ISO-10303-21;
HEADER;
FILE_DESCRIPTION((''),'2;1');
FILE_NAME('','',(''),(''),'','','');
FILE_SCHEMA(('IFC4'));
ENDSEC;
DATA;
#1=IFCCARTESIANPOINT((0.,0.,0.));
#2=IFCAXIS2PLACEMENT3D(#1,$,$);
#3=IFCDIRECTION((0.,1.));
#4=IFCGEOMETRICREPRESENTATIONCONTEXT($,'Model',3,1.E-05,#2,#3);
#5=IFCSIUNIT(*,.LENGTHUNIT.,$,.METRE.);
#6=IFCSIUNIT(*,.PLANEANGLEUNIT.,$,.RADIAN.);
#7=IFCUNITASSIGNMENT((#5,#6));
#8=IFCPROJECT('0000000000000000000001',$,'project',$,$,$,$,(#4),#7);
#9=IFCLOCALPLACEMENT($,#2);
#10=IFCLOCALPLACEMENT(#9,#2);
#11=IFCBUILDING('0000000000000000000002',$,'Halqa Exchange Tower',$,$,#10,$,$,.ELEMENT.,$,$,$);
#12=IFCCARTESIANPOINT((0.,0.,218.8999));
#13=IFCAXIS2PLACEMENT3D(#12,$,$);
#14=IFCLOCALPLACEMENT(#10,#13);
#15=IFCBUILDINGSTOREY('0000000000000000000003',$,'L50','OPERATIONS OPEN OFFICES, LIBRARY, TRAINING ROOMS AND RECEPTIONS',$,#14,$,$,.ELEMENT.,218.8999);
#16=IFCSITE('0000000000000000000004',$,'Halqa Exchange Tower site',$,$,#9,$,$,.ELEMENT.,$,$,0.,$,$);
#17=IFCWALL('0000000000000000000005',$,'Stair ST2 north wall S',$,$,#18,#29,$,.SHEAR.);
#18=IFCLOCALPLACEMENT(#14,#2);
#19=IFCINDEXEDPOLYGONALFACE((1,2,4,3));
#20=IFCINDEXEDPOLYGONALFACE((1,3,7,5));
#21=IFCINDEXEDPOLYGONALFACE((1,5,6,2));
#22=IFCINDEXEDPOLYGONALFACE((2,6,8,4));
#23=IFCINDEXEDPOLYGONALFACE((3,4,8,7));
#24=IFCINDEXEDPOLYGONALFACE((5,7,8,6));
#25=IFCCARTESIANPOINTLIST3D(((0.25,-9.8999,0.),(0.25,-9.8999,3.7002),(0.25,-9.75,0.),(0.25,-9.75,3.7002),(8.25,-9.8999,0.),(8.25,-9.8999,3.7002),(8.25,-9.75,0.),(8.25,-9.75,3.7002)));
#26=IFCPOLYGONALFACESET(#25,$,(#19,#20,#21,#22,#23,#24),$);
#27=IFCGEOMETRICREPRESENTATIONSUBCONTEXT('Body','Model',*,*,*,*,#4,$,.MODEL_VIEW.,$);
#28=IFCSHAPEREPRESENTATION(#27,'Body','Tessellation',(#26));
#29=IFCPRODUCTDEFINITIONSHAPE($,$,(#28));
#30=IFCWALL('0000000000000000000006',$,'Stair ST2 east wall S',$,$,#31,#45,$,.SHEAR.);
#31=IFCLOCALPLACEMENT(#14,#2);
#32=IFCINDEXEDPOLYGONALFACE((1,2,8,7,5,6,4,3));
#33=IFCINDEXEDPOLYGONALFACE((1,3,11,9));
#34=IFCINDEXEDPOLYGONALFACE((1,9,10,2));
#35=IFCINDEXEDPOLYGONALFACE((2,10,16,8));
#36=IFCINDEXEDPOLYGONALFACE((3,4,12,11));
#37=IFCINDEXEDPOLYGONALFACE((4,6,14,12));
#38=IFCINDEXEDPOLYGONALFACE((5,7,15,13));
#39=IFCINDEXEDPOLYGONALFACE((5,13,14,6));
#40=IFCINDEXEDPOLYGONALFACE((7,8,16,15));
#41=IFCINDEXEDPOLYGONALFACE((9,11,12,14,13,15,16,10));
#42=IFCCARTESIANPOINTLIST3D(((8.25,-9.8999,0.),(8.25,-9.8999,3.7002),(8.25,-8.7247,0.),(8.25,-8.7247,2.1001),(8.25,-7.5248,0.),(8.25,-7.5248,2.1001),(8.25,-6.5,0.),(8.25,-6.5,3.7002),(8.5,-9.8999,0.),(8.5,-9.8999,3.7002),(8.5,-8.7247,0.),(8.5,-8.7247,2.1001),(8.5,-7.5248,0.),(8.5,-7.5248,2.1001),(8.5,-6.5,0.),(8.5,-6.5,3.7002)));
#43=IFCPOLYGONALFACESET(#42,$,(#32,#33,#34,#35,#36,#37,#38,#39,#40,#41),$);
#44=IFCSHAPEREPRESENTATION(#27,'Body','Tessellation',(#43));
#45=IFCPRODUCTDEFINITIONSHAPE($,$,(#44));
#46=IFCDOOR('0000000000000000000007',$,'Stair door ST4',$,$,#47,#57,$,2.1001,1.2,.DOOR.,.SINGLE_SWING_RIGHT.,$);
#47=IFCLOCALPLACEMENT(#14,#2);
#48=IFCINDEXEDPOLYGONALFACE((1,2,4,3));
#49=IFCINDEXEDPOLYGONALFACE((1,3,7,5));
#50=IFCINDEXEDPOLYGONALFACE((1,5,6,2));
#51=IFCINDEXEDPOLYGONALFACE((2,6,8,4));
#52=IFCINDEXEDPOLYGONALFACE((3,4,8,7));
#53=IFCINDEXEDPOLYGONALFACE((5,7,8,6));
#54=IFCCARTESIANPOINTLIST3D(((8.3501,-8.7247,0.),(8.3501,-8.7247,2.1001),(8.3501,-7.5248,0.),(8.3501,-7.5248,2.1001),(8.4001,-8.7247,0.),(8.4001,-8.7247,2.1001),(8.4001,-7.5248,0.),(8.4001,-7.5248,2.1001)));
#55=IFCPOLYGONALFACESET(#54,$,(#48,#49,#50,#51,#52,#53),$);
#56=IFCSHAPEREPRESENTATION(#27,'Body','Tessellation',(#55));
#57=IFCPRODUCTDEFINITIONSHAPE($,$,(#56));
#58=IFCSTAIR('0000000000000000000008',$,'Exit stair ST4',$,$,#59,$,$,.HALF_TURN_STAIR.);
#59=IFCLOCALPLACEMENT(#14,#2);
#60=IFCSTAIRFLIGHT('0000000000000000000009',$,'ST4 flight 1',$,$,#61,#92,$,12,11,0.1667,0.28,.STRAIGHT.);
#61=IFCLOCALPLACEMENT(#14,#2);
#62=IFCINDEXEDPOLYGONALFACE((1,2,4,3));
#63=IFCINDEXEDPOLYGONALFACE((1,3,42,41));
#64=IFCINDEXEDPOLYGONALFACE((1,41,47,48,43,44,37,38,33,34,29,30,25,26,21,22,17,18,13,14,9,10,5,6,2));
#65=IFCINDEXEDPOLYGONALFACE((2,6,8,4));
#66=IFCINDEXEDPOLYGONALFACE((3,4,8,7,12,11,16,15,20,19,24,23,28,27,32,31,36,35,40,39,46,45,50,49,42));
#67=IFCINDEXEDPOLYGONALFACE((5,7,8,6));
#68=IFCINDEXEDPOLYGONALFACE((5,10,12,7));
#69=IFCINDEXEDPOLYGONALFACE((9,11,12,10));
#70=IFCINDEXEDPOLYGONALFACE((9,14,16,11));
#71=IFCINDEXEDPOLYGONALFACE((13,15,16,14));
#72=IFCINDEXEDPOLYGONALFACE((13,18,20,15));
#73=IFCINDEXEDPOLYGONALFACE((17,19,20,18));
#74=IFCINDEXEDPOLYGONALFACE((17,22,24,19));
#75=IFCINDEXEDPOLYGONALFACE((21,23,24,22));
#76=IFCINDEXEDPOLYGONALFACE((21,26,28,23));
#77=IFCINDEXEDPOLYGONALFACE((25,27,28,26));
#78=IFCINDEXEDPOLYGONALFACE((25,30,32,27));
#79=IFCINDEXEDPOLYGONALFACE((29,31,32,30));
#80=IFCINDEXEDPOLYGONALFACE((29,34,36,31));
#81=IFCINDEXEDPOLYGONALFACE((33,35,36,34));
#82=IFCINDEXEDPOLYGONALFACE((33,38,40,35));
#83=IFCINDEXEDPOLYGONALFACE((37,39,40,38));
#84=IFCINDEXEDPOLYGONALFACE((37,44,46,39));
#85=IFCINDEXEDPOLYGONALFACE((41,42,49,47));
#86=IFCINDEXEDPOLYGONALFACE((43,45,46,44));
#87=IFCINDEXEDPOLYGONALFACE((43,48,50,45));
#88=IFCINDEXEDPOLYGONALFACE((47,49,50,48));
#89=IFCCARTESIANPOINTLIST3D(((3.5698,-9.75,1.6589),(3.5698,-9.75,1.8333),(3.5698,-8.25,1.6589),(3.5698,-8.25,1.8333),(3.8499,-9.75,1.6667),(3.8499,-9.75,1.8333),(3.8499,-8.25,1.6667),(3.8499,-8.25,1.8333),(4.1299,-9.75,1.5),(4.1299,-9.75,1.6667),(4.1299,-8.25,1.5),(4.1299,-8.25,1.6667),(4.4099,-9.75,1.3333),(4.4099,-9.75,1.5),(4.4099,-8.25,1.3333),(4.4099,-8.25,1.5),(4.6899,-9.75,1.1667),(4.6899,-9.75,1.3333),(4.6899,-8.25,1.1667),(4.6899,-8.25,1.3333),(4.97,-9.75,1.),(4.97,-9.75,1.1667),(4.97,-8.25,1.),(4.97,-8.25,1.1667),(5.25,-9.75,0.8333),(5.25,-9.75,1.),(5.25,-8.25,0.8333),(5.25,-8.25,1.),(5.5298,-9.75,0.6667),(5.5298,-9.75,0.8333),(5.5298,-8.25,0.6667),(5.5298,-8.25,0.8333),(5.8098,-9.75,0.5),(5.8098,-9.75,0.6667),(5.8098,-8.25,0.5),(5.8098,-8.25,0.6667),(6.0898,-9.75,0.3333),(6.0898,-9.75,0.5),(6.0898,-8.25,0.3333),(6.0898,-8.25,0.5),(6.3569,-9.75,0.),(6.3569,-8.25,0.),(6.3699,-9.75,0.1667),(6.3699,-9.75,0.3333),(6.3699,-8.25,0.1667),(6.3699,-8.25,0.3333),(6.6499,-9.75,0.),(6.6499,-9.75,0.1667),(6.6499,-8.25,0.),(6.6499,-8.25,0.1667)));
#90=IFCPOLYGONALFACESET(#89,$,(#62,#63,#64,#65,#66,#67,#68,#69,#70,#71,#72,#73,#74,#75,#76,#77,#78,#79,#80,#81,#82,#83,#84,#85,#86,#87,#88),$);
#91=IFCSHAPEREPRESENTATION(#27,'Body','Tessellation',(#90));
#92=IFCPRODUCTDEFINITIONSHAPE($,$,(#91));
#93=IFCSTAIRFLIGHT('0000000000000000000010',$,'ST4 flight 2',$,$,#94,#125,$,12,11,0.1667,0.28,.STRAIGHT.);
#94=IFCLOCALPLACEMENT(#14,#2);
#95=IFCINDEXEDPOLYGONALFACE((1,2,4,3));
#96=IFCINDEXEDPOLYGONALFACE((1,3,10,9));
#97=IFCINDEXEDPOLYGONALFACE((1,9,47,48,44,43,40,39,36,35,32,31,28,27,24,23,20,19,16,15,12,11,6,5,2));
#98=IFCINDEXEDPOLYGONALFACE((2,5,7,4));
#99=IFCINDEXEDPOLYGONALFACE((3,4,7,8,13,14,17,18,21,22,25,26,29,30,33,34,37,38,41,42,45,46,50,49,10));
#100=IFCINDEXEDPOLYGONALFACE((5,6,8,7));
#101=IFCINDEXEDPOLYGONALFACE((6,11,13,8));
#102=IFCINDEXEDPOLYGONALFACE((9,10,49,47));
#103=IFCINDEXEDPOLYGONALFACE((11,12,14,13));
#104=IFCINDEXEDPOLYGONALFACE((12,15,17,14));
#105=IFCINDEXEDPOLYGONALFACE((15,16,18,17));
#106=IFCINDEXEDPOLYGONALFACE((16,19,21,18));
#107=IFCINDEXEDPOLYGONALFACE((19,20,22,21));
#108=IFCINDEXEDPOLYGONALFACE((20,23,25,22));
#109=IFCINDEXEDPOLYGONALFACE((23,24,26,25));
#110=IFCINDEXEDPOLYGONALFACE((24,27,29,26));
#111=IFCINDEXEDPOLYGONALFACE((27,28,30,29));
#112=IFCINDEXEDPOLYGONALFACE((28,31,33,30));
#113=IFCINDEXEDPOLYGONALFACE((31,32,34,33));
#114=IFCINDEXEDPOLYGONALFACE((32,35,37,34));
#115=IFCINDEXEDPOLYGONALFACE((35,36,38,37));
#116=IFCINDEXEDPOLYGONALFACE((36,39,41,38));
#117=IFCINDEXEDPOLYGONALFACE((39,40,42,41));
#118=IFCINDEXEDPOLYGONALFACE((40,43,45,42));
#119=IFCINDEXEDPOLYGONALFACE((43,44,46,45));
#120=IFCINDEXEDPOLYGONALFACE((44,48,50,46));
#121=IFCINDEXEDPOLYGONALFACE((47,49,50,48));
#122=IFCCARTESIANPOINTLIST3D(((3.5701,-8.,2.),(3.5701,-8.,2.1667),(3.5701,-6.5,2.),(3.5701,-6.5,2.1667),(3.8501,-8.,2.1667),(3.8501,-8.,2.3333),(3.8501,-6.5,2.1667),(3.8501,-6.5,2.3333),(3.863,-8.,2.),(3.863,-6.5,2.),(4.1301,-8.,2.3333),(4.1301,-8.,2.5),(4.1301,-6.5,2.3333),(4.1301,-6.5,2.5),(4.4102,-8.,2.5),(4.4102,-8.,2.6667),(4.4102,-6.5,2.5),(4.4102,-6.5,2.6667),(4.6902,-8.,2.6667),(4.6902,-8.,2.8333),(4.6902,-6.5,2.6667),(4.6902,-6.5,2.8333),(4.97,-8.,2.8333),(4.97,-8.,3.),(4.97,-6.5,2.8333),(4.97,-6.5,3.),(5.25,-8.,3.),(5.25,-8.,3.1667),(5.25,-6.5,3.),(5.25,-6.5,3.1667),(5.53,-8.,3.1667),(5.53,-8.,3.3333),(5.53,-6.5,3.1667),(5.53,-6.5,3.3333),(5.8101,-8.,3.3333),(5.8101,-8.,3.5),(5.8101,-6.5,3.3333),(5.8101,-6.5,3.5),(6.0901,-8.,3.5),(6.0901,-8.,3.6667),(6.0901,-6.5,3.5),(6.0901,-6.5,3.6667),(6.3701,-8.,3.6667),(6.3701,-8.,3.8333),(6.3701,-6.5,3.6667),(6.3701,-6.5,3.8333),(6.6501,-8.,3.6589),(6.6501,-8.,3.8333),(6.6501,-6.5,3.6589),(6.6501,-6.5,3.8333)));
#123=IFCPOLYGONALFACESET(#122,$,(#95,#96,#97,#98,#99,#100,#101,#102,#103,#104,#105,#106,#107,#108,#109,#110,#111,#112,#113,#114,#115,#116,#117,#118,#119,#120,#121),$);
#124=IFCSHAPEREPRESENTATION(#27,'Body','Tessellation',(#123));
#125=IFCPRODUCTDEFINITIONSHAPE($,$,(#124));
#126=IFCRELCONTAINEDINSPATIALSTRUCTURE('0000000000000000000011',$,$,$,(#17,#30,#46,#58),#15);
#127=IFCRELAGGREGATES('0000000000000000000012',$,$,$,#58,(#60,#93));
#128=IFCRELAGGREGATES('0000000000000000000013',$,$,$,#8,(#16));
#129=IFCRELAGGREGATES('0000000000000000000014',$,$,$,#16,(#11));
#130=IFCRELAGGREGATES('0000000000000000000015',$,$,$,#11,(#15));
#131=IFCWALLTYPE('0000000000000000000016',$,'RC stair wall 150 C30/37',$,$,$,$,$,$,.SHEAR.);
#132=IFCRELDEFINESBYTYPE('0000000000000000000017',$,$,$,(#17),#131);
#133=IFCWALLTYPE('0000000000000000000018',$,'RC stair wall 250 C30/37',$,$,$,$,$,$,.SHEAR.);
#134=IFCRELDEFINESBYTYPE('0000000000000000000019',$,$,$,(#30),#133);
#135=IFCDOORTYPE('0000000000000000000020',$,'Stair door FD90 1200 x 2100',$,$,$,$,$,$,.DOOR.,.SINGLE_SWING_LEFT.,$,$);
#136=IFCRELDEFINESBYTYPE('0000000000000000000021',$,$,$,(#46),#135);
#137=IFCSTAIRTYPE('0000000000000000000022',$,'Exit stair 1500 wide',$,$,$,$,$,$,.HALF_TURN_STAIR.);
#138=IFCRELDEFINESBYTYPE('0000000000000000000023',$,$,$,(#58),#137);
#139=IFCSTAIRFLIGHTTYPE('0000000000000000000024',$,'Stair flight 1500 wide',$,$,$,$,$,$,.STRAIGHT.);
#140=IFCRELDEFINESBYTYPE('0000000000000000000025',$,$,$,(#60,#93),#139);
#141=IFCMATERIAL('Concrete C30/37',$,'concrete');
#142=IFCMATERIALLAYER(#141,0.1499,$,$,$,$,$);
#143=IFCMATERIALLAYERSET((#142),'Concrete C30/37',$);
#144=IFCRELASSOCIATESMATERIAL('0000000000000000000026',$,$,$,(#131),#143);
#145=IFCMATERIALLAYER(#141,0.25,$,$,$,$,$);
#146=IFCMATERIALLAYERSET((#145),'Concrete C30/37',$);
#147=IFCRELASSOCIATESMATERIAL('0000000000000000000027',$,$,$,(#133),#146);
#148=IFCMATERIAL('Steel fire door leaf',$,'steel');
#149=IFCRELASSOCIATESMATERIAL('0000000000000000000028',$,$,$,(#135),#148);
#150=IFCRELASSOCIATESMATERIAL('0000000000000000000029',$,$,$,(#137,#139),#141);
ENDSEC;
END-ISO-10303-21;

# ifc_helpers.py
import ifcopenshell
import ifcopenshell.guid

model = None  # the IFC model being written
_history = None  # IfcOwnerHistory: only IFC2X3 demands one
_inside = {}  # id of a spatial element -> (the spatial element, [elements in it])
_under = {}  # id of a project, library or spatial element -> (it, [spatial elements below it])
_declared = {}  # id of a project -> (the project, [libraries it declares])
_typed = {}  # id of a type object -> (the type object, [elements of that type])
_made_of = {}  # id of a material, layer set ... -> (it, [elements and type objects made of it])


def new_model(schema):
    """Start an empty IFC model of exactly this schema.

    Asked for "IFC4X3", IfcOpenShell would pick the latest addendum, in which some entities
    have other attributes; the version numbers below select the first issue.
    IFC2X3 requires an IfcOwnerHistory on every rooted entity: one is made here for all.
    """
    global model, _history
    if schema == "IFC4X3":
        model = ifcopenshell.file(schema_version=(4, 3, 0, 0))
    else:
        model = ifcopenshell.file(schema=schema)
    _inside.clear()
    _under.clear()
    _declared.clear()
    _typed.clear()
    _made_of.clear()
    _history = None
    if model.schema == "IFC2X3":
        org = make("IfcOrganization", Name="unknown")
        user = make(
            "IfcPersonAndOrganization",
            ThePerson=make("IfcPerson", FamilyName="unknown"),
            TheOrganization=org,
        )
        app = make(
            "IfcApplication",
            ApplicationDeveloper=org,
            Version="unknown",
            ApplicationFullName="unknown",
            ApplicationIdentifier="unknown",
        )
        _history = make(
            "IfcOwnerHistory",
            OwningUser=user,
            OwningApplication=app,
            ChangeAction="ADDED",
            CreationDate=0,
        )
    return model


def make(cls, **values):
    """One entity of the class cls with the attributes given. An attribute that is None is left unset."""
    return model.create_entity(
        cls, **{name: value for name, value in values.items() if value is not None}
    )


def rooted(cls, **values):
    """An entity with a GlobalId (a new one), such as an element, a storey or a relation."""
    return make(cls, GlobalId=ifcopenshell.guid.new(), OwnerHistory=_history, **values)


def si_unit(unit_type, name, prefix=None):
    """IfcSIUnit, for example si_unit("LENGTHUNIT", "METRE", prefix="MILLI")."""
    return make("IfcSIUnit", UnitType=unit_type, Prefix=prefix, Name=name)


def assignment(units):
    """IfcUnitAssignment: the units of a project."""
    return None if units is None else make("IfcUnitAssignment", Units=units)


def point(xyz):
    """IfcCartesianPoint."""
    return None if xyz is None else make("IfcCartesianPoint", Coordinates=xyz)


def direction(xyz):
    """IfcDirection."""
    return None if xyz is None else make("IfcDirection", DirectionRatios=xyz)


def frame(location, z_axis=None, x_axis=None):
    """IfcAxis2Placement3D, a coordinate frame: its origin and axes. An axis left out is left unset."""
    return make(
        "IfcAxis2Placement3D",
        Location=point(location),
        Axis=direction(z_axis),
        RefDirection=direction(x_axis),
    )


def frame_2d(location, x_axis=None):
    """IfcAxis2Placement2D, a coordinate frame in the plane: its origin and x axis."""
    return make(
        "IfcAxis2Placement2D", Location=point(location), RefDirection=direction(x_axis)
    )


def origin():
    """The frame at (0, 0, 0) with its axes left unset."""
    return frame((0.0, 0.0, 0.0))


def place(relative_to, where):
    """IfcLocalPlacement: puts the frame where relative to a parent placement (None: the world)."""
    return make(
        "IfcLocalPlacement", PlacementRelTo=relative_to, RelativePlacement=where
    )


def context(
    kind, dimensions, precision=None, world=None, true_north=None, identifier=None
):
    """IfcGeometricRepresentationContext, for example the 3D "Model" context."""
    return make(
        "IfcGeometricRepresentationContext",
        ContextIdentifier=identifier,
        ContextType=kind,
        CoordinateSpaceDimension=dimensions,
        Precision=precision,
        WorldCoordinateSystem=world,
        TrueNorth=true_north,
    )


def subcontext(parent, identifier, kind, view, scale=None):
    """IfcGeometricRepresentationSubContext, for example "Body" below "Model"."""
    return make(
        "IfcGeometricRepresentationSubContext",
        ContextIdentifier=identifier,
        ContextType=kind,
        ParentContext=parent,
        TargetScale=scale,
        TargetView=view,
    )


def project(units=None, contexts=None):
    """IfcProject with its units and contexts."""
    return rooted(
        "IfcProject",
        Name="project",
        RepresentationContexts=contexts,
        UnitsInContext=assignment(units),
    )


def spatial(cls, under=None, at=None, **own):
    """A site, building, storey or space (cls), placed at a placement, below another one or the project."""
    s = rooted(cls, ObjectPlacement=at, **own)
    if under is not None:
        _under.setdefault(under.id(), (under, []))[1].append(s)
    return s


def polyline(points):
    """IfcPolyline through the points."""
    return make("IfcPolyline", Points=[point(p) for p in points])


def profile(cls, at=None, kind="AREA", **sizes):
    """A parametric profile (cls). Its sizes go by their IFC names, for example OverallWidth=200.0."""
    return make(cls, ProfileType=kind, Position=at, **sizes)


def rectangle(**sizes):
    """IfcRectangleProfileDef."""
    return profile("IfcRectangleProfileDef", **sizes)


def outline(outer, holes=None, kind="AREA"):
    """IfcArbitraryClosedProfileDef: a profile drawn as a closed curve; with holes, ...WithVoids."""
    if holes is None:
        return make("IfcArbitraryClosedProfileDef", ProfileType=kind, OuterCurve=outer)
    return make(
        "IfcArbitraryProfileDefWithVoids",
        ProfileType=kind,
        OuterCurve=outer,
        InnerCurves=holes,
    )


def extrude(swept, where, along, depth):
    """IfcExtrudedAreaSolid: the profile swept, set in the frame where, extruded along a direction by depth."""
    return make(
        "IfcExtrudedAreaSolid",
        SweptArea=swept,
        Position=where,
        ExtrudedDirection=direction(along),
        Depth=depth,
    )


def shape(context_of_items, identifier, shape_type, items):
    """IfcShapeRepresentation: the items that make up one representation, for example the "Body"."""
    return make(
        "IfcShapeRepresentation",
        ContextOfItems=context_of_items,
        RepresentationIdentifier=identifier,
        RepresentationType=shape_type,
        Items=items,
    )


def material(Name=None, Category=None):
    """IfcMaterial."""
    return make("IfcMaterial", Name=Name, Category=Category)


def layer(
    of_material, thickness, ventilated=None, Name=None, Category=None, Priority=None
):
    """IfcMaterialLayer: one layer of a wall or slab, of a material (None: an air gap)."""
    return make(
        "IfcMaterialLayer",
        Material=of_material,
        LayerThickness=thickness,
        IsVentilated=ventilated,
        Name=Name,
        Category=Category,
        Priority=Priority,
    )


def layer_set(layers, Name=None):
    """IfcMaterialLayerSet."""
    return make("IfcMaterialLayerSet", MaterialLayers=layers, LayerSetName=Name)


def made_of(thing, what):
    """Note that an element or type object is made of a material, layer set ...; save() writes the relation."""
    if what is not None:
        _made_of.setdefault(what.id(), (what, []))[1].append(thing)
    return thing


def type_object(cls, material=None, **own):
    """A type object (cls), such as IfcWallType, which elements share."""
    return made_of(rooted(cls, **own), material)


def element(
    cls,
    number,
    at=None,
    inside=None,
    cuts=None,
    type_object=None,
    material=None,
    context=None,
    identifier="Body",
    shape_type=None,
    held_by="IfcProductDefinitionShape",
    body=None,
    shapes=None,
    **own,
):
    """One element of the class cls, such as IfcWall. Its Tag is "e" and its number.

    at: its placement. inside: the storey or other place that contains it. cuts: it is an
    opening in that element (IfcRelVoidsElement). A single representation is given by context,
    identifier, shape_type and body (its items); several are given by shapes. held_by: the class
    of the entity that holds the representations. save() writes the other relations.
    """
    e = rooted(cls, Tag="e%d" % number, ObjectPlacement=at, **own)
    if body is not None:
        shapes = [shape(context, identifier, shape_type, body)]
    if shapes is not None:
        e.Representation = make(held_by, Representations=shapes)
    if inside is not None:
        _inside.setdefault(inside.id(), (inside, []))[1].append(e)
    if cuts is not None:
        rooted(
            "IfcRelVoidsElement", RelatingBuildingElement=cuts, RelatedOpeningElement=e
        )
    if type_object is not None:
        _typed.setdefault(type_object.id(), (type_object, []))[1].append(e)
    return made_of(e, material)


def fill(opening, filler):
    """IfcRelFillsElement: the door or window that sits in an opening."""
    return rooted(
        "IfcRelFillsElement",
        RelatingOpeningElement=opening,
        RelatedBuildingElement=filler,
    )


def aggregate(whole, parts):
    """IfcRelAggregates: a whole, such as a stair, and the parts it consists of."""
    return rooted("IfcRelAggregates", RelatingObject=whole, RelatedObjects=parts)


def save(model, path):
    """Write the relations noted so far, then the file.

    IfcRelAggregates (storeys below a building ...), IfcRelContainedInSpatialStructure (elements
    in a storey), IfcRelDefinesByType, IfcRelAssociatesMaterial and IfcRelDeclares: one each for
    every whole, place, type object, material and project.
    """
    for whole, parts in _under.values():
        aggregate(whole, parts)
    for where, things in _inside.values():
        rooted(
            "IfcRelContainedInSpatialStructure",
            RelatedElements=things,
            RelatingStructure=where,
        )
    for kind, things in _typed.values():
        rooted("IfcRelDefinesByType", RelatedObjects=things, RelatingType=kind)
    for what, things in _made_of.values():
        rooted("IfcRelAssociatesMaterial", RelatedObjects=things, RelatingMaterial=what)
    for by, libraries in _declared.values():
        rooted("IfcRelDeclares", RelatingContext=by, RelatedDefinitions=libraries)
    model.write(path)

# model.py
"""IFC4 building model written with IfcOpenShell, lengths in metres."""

from ifc_helpers import new_model, si_unit, direction, frame, frame_2d, origin, place, context, subcontext, project, spatial, polyline, rectangle, outline, extrude, material, layer, layer_set, type_object, element, fill, aggregate, save


model = new_model("IFC4")

# Units and contexts
model_context = context("Model", 3, precision=1e-05, world=origin(), true_north=direction((0.0, 1.0)))
body_context = subcontext(model_context, "Body", "Model", "MODEL_VIEW")
ifc_project = project(units=[si_unit("LENGTHUNIT", "METRE"), si_unit("PLANEANGLEUNIT", "RADIAN")], contexts=[model_context])

# Site, building, storey
site_placement = place(None, origin())
site = spatial("IfcSite", under=ifc_project, at=site_placement, Name="Halqa Exchange Tower site", CompositionType="ELEMENT", RefElevation=0.0)
building_placement = place(site_placement, origin())
building = spatial("IfcBuilding", under=site, at=building_placement, Name="Halqa Exchange Tower", CompositionType="ELEMENT")
storey_placement = place(building_placement, frame((0.0, 0.0, 218.8999)))
storey = spatial("IfcBuildingStorey", under=building, at=storey_placement, Name="L50", Description="OPERATIONS OPEN OFFICES, LIBRARY, TRAINING ROOMS AND RECEPTIONS", CompositionType="ELEMENT", Elevation=218.8999)

# Shared definitions
ifc_material_1 = material(Name="Steel fire door leaf", Category="steel")

# Wall
ifc_material_2 = material(Name="Concrete C30/37", Category="concrete")
ifc_layer_1 = layer(ifc_material_2, 0.1499)
ifc_layer_set_1 = layer_set([ifc_layer_1], Name="Concrete C30/37")
wall_type_1 = type_object("IfcWallType", Name="RC stair wall 150 C30/37", PredefinedType="SHEAR", material=ifc_layer_set_1)
wall_1_placement = place(storey_placement, frame((0.25, -9.825, 0.0), z_axis=(0.0, 0.0, 1.0), x_axis=(1.0, 0.0, 0.0)))
element("IfcWall", 1, at=wall_1_placement, inside=storey, type_object=wall_type_1, Name="Stair ST2 north wall S", PredefinedType="SHEAR", context=body_context, shape_type="SweptSolid", body=[
    extrude(rectangle(XDim=8.0, YDim=0.1499, at=frame_2d((4.0, 0.0))), origin(), (0.0, 0.0, 1.0), 3.7002),
])

# Wall, opening, door
ifc_layer_2 = layer(ifc_material_2, 0.25)
ifc_layer_set_2 = layer_set([ifc_layer_2], Name="Concrete C30/37")
wall_type_2 = type_object("IfcWallType", Name="RC stair wall 250 C30/37", PredefinedType="SHEAR", material=ifc_layer_set_2)
wall_2_placement = place(storey_placement, frame((8.375, -9.8999, 0.0), z_axis=(0.0, 0.0, 1.0), x_axis=(0.0, 1.0, 0.0)))
wall_2 = element("IfcWall", 2, at=wall_2_placement, inside=storey, type_object=wall_type_2, Name="Stair ST2 east wall S", PredefinedType="SHEAR", context=body_context, shape_type="SweptSolid", body=[
    extrude(rectangle(XDim=3.3999, YDim=0.25, at=frame_2d((1.7, 0.0))), origin(), (0.0, 0.0, 1.0), 3.7002),
])
opening_1_placement = place(wall_2_placement, frame((1.175, 0.0, 0.0)))
opening_1 = element("IfcOpeningElement", 3, at=opening_1_placement, cuts=wall_2, PredefinedType="OPENING", context=body_context, shape_type="SweptSolid", body=[
    extrude(rectangle(XDim=1.2, YDim=2.1001, at=frame_2d((0.6001, 1.05))), frame((0.0, 0.137, 0.0), z_axis=(0.0, -1.0, 0.0), x_axis=(1.0, 0.0, 0.0)), (0.0, 0.0, 1.0), 0.2739),
])
door_type_1 = type_object("IfcDoorType", Name="Stair door FD90 1200 x 2100", OperationType="SINGLE_SWING_LEFT", PredefinedType="DOOR", material=ifc_material_1)
door_1_placement = place(opening_1_placement, origin())
door_1 = element("IfcDoor", 4, at=door_1_placement, inside=storey, type_object=door_type_1, Name="Stair door ST4", OperationType="SINGLE_SWING_RIGHT", OverallHeight=2.1001, OverallWidth=1.2, PredefinedType="DOOR", context=body_context, shape_type="SweptSolid", body=[
    extrude(rectangle(XDim=1.2, YDim=2.1001, at=frame_2d((0.6001, 1.05))), frame((0.0, 0.0249, 0.0), z_axis=(0.0, -1.0, 0.0), x_axis=(1.0, 0.0, 0.0)), (0.0, 0.0, 1.0), 0.05),
])
fill(opening_1, door_1)

# Stair, stair flights
stair_type = type_object("IfcStairType", Name="Exit stair 1500 wide", PredefinedType="HALF_TURN_STAIR", material=ifc_material_2)
stair_placement = place(storey_placement, origin())
stair = element("IfcStair", 5, at=stair_placement, inside=storey, type_object=stair_type, Name="Exit stair ST4", PredefinedType="HALF_TURN_STAIR")
stair_flight_type = type_object("IfcStairFlightType", Name="Stair flight 1500 wide", PredefinedType="STRAIGHT", material=ifc_material_2)
stair_flight_1_placement = place(storey_placement, frame((6.6499, -9.0, 0.0), z_axis=(0.0, 0.0, 1.0), x_axis=(-1.0, 0.0, 0.0)))
stair_flight_1 = element("IfcStairFlight", 6, at=stair_flight_1_placement, type_object=stair_flight_type, Name="ST4 flight 1", NumberOfRisers=12, NumberOfTreads=11, PredefinedType="STRAIGHT", RiserHeight=0.1667, TreadLength=0.28, context=body_context, shape_type="SweptSolid", body=[
    extrude(outline(polyline([(0.0, 0.0), (0.0, 0.1667), (0.28, 0.1667), (0.28, 0.3333), (0.5601, 0.3333), (0.5601, 0.5), (0.8401, 0.5), (0.8401, 0.6667), (1.1201, 0.6667), (1.1201, 0.8333), (1.3999, 0.8333), (1.3999, 1.0), (1.6799, 1.0), (1.6799, 1.1667), (1.96, 1.1667), (1.96, 1.3333), (2.24, 1.3333), (2.24, 1.5), (2.52, 1.5), (2.52, 1.6667), (2.8, 1.6667), (2.8, 1.8333), (3.0801, 1.8333), (3.0801, 2.0), (3.0801, 1.6589), (0.293, 0.0), (0.0, 0.0)])), frame((0.0, 0.75, 0.0), z_axis=(0.0, -1.0, 0.0), x_axis=(1.0, 0.0, 0.0)), (0.0, 0.0, 1.0), 1.5),
])
stair_flight_2_placement = place(storey_placement, frame((3.5701, -7.25, 2.0), z_axis=(0.0, 0.0, 1.0), x_axis=(1.0, 0.0, 0.0)))
stair_flight_2 = element("IfcStairFlight", 7, at=stair_flight_2_placement, type_object=stair_flight_type, Name="ST4 flight 2", NumberOfRisers=12, NumberOfTreads=11, PredefinedType="STRAIGHT", RiserHeight=0.1667, TreadLength=0.28, context=body_context, shape_type="SweptSolid", body=[
    extrude(outline(polyline([(0.0, 0.0), (0.0, 0.1667), (0.28, 0.1667), (0.28, 0.3333), (0.5601, 0.3333), (0.5601, 0.5), (0.8401, 0.5), (0.8401, 0.6667), (1.1201, 0.6667), (1.1201, 0.8333), (1.3999, 0.8333), (1.3999, 1.0), (1.6799, 1.0), (1.6799, 1.1667), (1.96, 1.1667), (1.96, 1.3333), (2.24, 1.3333), (2.24, 1.5), (2.52, 1.5), (2.52, 1.6667), (2.8, 1.6667), (2.8, 1.8333), (3.0801, 1.8333), (3.0801, 2.0), (3.0801, 1.6589), (0.293, 0.0), (0.0, 0.0)])), frame((0.0, 0.75, 0.0), z_axis=(0.0, -1.0, 0.0), x_axis=(1.0, 0.0, 0.0)), (0.0, 0.0, 1.0), 1.5),
])
aggregate(stair, [stair_flight_1, stair_flight_2])

save(model, "model.ifc")
